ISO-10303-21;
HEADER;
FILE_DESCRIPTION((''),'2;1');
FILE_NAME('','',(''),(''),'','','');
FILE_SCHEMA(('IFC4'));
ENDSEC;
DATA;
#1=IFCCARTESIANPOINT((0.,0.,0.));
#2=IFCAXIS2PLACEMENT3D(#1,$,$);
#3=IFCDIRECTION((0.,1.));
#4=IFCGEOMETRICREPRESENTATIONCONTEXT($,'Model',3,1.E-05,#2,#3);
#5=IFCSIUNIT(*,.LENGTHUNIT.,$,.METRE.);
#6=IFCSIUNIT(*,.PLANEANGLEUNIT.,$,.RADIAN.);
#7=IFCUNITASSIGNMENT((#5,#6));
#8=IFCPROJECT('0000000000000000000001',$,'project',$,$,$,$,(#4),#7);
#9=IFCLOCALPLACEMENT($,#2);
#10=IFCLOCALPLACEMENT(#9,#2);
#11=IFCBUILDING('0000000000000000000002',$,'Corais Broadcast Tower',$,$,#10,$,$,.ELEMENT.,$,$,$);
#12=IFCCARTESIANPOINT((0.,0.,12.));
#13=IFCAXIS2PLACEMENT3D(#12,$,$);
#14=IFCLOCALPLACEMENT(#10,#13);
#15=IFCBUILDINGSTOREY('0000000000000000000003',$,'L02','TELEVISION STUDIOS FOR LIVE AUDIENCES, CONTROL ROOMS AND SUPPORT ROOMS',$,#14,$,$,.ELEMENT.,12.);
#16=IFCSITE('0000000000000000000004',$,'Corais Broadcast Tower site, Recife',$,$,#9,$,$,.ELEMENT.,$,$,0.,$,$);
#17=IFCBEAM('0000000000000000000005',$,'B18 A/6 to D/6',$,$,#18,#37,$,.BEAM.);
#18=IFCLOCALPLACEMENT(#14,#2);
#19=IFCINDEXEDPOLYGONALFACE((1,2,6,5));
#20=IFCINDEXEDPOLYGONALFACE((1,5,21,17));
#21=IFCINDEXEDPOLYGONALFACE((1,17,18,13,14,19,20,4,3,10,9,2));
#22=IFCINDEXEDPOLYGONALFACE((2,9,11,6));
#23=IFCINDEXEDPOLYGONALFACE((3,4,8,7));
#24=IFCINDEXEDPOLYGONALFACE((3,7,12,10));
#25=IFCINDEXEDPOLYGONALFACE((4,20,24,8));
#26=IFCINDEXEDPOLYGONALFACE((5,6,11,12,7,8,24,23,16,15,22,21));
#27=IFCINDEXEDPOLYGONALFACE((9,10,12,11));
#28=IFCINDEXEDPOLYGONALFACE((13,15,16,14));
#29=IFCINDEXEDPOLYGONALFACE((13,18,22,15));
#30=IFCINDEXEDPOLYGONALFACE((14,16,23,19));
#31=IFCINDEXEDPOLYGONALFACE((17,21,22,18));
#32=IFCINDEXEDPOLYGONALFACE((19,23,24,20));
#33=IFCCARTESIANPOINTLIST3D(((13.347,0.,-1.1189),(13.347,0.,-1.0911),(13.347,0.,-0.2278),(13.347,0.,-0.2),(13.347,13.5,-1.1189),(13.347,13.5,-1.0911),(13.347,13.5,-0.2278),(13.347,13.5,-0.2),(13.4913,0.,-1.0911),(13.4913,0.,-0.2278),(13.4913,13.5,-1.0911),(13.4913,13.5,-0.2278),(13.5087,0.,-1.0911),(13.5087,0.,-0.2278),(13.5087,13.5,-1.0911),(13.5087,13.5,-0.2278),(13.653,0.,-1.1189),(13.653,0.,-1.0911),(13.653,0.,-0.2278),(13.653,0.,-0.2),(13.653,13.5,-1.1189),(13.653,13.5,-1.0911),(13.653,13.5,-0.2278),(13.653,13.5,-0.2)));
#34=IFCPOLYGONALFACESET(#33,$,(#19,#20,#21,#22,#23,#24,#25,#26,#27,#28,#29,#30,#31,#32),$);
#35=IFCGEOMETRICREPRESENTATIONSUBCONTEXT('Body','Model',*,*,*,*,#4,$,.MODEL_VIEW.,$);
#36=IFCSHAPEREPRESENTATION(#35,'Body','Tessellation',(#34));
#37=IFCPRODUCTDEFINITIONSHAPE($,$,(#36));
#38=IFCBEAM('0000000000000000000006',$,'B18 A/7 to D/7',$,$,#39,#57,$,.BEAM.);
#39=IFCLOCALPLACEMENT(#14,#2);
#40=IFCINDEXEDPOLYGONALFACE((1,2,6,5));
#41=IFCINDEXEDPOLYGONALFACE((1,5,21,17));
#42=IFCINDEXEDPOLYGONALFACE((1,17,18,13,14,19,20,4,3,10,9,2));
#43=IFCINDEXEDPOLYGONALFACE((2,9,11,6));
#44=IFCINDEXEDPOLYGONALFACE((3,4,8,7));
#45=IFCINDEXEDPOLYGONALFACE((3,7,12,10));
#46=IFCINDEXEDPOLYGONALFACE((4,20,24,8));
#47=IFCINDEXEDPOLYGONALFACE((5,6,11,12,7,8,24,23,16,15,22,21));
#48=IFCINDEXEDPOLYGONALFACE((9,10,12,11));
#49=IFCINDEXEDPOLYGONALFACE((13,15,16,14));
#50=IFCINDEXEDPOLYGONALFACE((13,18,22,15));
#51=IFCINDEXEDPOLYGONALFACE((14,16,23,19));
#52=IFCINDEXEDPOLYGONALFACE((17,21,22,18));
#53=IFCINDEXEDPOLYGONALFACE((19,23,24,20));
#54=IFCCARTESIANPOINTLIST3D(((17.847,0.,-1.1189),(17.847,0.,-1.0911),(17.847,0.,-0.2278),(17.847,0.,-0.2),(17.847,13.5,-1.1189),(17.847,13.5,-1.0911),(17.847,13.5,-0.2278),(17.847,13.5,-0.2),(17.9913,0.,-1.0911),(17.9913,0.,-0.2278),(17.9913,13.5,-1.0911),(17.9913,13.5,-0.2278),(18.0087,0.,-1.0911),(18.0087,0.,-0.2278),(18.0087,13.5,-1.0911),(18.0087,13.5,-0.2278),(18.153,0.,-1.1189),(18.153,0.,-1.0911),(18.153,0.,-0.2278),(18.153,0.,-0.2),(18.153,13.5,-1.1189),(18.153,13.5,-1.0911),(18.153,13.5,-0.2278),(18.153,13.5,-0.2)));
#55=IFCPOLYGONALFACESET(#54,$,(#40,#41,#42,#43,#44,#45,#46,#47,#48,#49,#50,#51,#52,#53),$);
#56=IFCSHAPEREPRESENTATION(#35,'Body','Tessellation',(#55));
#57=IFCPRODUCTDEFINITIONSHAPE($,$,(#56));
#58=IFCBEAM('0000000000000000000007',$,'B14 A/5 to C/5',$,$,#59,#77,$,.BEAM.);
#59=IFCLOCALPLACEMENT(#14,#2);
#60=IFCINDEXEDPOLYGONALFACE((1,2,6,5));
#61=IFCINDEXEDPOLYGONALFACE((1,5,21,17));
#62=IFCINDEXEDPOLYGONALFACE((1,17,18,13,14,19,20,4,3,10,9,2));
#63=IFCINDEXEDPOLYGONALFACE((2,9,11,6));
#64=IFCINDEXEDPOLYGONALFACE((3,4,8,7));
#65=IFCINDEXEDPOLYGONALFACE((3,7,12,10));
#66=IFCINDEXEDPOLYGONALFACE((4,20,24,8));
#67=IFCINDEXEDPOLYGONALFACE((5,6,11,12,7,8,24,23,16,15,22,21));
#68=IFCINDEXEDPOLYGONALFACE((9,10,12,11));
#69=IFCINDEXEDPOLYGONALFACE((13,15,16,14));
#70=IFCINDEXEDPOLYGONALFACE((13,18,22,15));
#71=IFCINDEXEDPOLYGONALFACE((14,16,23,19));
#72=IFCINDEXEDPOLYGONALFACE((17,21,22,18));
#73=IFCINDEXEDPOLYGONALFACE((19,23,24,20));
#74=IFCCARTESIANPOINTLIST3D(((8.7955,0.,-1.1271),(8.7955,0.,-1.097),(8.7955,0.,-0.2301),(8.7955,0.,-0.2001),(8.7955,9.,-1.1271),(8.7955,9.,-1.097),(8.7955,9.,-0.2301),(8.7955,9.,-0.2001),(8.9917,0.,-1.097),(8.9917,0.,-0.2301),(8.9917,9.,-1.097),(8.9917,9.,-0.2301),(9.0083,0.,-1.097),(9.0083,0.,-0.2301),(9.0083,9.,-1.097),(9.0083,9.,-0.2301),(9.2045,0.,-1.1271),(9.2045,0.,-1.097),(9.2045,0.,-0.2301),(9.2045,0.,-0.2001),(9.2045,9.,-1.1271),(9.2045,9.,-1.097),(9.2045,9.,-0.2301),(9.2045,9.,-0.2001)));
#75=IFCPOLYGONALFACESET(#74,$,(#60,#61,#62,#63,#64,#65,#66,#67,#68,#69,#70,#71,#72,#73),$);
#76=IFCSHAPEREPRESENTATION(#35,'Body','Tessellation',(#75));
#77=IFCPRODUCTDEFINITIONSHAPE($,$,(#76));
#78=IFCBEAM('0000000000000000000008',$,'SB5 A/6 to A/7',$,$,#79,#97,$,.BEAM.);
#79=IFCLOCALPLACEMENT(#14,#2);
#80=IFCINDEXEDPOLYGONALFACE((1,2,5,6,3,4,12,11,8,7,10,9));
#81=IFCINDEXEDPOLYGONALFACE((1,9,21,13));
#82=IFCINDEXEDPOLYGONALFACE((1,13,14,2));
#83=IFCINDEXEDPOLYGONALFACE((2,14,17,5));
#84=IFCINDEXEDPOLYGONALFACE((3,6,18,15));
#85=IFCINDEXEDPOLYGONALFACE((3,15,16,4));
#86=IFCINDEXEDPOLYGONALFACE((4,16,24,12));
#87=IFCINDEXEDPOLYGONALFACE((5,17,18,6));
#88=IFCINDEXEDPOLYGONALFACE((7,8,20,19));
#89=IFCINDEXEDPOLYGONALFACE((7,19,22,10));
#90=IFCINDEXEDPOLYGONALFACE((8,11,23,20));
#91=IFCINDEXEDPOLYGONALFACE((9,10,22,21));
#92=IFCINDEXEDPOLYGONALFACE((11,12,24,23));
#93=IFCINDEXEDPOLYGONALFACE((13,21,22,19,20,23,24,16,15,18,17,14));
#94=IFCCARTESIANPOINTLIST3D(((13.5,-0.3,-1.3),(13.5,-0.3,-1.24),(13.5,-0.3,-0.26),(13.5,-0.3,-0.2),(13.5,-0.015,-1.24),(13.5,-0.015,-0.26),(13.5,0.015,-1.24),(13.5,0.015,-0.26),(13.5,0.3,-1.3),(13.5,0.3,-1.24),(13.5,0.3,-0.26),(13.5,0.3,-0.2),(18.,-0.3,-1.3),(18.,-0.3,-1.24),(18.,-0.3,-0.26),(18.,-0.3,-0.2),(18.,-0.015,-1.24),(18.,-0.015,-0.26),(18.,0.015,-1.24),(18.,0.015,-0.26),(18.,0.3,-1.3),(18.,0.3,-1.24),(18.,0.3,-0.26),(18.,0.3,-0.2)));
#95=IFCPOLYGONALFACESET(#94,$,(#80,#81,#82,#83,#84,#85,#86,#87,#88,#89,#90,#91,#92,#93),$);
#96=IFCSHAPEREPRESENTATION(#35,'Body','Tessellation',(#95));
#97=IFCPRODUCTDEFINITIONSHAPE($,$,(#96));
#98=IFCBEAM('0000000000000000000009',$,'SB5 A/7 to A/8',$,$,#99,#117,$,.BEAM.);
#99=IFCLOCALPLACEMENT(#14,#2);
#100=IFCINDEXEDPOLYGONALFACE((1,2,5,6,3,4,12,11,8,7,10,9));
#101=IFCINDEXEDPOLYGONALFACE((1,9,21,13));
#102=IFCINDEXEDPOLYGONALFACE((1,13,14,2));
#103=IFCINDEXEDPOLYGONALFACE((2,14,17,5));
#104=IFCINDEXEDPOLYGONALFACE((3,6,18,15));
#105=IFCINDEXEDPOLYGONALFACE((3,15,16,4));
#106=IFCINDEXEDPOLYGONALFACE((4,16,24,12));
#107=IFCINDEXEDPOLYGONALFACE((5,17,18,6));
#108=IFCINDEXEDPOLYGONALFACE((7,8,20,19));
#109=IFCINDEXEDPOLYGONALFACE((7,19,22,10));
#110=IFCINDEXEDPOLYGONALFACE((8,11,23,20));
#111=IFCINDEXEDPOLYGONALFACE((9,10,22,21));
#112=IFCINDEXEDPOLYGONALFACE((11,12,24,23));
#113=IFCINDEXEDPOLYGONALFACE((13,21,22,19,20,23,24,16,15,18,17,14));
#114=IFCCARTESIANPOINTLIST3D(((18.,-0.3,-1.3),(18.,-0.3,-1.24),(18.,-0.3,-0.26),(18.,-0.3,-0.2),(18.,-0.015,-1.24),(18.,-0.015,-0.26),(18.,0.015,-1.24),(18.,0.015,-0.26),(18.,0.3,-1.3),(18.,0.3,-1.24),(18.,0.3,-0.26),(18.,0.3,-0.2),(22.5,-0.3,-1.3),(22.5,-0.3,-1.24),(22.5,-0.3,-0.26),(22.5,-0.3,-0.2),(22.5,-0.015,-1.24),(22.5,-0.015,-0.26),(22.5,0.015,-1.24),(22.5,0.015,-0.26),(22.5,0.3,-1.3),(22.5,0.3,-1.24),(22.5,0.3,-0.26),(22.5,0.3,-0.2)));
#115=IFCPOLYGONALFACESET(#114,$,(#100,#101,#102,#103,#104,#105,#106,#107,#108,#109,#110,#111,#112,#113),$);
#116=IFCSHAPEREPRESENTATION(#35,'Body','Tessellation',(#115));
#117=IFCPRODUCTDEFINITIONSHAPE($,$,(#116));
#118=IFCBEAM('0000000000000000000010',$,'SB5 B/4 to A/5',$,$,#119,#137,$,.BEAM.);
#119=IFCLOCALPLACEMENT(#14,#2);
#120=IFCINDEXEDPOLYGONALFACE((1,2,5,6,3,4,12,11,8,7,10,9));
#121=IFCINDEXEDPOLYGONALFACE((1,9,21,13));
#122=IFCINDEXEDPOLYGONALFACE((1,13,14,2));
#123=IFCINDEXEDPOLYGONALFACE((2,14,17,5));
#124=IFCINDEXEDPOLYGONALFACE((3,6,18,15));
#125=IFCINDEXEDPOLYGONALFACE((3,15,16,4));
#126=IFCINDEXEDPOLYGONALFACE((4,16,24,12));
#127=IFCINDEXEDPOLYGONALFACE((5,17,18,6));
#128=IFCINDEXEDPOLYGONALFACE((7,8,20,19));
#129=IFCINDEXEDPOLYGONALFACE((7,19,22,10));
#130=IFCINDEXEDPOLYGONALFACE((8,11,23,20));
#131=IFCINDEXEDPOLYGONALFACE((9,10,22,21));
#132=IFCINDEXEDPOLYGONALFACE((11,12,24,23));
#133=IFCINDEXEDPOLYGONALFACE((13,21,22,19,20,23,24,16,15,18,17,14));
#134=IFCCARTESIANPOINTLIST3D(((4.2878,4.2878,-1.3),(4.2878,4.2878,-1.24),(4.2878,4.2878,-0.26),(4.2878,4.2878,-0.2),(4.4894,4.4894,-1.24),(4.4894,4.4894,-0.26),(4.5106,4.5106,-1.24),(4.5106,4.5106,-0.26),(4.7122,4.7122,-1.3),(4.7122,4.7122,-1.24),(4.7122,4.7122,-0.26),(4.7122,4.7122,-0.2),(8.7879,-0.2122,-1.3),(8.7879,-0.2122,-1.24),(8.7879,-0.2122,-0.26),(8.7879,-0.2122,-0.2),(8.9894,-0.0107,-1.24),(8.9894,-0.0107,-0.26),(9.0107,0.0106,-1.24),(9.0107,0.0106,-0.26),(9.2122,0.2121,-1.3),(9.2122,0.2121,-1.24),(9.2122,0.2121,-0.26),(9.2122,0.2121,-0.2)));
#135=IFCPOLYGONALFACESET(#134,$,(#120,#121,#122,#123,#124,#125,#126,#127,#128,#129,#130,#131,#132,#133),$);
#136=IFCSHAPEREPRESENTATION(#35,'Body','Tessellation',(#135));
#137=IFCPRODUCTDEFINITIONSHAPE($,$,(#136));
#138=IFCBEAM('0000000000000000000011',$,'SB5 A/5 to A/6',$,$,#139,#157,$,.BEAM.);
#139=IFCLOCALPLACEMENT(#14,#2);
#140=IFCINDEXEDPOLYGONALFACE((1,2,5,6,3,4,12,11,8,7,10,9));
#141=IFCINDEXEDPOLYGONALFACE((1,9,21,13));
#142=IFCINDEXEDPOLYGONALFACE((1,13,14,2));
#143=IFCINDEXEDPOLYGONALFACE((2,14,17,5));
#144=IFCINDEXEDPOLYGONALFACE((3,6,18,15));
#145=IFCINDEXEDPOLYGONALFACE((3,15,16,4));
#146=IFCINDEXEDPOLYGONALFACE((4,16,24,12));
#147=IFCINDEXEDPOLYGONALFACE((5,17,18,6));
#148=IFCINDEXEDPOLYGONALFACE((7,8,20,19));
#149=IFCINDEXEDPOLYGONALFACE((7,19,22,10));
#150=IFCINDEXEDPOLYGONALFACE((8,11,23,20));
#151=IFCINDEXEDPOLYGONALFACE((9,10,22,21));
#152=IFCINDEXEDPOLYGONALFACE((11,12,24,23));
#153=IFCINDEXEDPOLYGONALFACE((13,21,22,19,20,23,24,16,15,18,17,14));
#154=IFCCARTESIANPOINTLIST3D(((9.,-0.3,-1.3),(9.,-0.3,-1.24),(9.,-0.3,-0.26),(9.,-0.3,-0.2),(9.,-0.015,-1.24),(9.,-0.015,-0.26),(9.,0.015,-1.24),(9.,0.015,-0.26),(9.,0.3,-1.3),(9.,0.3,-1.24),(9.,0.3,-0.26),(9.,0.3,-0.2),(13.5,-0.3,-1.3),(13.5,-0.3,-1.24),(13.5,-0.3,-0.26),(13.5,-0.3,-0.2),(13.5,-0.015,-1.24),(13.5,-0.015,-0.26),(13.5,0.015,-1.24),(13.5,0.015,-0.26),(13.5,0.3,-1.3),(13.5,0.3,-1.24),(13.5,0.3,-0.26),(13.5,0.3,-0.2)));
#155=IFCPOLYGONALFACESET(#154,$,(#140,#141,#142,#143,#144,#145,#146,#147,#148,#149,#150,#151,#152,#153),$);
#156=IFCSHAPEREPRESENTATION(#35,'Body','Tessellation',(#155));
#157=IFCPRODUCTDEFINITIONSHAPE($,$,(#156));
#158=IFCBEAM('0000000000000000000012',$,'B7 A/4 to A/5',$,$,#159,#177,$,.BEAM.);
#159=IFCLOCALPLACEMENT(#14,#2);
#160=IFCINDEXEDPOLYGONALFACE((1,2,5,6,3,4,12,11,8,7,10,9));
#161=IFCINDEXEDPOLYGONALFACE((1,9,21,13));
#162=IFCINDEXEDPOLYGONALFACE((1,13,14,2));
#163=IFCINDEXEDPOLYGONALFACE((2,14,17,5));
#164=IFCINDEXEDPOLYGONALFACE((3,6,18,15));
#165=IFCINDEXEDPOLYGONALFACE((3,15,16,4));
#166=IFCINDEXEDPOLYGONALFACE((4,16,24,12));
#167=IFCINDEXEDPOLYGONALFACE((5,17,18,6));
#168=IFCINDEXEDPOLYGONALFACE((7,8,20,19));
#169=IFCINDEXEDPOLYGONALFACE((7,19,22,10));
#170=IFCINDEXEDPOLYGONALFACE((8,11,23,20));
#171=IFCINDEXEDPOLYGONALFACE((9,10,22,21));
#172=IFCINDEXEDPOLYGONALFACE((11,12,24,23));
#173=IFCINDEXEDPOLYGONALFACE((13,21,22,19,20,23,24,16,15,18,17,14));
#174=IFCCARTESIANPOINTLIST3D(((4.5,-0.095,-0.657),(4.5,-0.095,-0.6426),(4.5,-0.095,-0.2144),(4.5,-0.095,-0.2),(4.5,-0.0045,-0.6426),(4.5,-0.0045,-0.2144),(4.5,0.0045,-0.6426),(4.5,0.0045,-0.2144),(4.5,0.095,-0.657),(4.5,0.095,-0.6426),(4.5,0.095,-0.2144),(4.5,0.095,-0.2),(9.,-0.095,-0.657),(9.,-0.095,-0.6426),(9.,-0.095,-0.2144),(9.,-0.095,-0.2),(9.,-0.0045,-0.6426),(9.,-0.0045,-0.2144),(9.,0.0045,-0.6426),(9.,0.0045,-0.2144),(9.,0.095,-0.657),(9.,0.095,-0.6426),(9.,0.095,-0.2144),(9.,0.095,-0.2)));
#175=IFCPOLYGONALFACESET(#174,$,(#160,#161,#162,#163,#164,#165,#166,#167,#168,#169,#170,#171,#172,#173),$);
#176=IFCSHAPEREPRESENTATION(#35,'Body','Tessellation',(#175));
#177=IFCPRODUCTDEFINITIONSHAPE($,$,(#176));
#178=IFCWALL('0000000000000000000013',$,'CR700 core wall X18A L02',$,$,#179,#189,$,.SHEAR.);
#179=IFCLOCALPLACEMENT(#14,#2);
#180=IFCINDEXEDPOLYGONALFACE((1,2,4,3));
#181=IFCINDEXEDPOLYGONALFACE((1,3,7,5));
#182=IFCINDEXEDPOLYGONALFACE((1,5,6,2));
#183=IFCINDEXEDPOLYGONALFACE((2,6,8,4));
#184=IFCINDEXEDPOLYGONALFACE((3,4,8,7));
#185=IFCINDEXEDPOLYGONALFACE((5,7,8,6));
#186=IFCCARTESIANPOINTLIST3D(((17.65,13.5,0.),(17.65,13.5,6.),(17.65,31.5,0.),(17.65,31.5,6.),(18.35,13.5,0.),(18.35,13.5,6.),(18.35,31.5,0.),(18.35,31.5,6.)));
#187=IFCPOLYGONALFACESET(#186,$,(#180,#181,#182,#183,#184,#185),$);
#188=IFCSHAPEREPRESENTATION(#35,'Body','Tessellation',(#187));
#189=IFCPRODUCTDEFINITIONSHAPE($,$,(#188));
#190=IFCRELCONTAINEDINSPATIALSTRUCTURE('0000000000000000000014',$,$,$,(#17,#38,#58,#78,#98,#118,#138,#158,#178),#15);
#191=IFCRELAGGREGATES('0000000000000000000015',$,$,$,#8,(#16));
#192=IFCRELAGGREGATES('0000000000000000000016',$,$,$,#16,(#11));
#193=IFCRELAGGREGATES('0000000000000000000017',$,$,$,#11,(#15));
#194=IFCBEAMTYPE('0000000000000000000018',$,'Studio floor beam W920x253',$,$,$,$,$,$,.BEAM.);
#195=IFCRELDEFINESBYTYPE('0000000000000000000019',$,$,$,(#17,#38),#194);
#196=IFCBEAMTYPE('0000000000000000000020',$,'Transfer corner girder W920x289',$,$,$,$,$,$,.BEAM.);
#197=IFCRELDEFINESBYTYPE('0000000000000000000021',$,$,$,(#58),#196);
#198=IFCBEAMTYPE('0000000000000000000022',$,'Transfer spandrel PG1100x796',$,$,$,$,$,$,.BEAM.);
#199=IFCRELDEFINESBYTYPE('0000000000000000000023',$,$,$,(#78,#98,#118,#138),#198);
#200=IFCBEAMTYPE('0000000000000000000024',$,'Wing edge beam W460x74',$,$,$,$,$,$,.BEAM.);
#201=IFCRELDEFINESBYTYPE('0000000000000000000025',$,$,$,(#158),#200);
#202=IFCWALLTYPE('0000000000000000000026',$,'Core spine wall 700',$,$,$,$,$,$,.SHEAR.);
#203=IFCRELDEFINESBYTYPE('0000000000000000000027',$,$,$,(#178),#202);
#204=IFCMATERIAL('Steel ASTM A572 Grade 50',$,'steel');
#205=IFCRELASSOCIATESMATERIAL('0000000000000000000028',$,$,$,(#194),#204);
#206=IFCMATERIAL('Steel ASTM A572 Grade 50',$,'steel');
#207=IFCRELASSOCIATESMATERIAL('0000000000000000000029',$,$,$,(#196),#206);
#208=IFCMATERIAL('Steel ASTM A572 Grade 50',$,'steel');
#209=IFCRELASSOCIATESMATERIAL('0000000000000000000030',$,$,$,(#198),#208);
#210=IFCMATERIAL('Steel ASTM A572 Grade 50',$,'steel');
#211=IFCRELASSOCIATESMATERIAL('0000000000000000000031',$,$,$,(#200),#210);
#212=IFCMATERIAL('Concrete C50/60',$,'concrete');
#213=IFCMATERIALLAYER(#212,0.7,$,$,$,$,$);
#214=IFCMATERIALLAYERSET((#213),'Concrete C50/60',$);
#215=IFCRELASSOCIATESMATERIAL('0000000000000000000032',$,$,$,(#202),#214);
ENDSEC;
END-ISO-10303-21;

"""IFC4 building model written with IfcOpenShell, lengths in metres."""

from ifc_helpers import new_model, si_unit, direction, frame, frame_2d, origin, origin_2d, place, context, subcontext, project, spatial, rectangle, i_section, extrude, material, layer, layer_set, material_profile, profile_set, type_object, element, save


model = new_model("IFC4")

# Units and contexts
model_context = context("Model", 3, precision=1e-05, world=origin(), true_north=direction((0.0, 1.0)))
body_context = subcontext(model_context, "Body", "Model", "MODEL_VIEW")
ifc_project = project(units=[si_unit("LENGTHUNIT", "METRE"), si_unit("PLANEANGLEUNIT", "RADIAN")], contexts=[model_context])

# Site, building, storey
site_placement = place(None, origin())
site = spatial("IfcSite", under=ifc_project, at=site_placement, Name="Corais Broadcast Tower site, Recife", CompositionType="ELEMENT", RefElevation=0.0)
building_placement = place(site_placement, origin())
building = spatial("IfcBuilding", under=site, at=building_placement, Name="Corais Broadcast Tower", CompositionType="ELEMENT")
storey_placement = place(building_placement, frame((0.0, 0.0, 12.0)))
storey = spatial("IfcBuildingStorey", under=building, at=storey_placement, Name="L02", Description="TELEVISION STUDIOS FOR LIVE AUDIENCES, CONTROL ROOMS AND SUPPORT ROOMS", CompositionType="ELEMENT", Elevation=12.0)

# Beams
ifc_material_1 = material(Name="Steel ASTM A572 Grade 50", Category="steel")
ifc_material_profile_1 = material_profile(ifc_material_1, i_section(OverallWidth=0.3059, OverallDepth=0.9189, WebThickness=0.0173, FlangeThickness=0.0278, at=origin_2d()), Name="W920x253")
ifc_profile_set_1 = profile_set([ifc_material_profile_1], Name="Steel ASTM A572 Grade 50")
beam_type_1 = type_object("IfcBeamType", Name="Studio floor beam W920x253", PredefinedType="BEAM", material=ifc_profile_set_1)
for number, where, z_axis, x_axis, name in (
    (1, (13.5, 0.0, -0.6594), (0.0, 1.0, 0.0), (-1.0, 0.0, 0.0), "B18 A/6 to D/6"),
    (2, (18.0, 0.0, -0.6594), (0.0, 1.0, 0.0), (-1.0, 0.0, 0.0), "B18 A/7 to D/7"),
):
    element("IfcBeam", number, at=place(storey_placement, frame(where, z_axis=z_axis, x_axis=x_axis)), inside=storey, type_object=beam_type_1, Name=name, PredefinedType="BEAM", context=body_context, shape_type="SweptSolid", body=[
        extrude(i_section(OverallWidth=0.3059, OverallDepth=0.9189, WebThickness=0.0173, FlangeThickness=0.0278, at=origin_2d()), origin(), (0.0, 0.0, 1.0), 13.5),
    ])
ifc_material_2 = material(Name="Steel ASTM A572 Grade 50", Category="steel")
ifc_material_profile_2 = material_profile(ifc_material_2, i_section(OverallWidth=0.4089, OverallDepth=0.927, WebThickness=0.0166, FlangeThickness=0.03, at=origin_2d()), Name="W920x289")
ifc_profile_set_2 = profile_set([ifc_material_profile_2], Name="Steel ASTM A572 Grade 50")
beam_type_2 = type_object("IfcBeamType", Name="Transfer corner girder W920x289", PredefinedType="BEAM", material=ifc_profile_set_2)
beam_1_placement = place(storey_placement, frame((9.0, 0.0, -0.6636), z_axis=(0.0, 1.0, 0.0), x_axis=(-1.0, 0.0, 0.0)))
element("IfcBeam", 3, at=beam_1_placement, inside=storey, type_object=beam_type_2, Name="B14 A/5 to C/5", PredefinedType="BEAM", context=body_context, shape_type="SweptSolid", body=[
    extrude(i_section(OverallWidth=0.4089, OverallDepth=0.927, WebThickness=0.0166, FlangeThickness=0.03, at=origin_2d()), origin(), (0.0, 0.0, 1.0), 9.0),
])
ifc_material_3 = material(Name="Steel ASTM A572 Grade 50", Category="steel")
ifc_material_profile_3 = material_profile(ifc_material_3, i_section(OverallWidth=0.6001, OverallDepth=1.1001, WebThickness=0.03, FlangeThickness=0.0601, at=origin_2d()), Name="PG1100x796")
ifc_profile_set_3 = profile_set([ifc_material_profile_3], Name="Steel ASTM A572 Grade 50")
beam_type_3 = type_object("IfcBeamType", Name="Transfer spandrel PG1100x796", PredefinedType="BEAM", material=ifc_profile_set_3)
for number, where, z_axis, x_axis, name in (
    (4, (13.5, 0.0, -0.75), (1.0, 0.0, 0.0), (0.0, 1.0, 0.0), "SB5 A/6 to A/7"),
    (5, (18.0, 0.0, -0.75), (1.0, 0.0, 0.0), (0.0, 1.0, 0.0), "SB5 A/7 to A/8"),
):
    element("IfcBeam", number, at=place(storey_placement, frame(where, z_axis=z_axis, x_axis=x_axis)), inside=storey, type_object=beam_type_3, Name=name, PredefinedType="BEAM", context=body_context, shape_type="SweptSolid", body=[
        extrude(i_section(OverallWidth=0.6001, OverallDepth=1.1001, WebThickness=0.03, FlangeThickness=0.0601, at=origin_2d()), origin(), (0.0, 0.0, 1.0), 4.5),
    ])
beam_2_placement = place(storey_placement, frame((4.5, 4.5, -0.75), z_axis=(0.707107, -0.707107, 0.0), x_axis=(0.707107, 0.707107, 0.0)))
element("IfcBeam", 6, at=beam_2_placement, inside=storey, type_object=beam_type_3, Name="SB5 B/4 to A/5", PredefinedType="BEAM", context=body_context, shape_type="SweptSolid", body=[
    extrude(i_section(OverallWidth=0.6001, OverallDepth=1.1001, WebThickness=0.03, FlangeThickness=0.0601, at=origin_2d()), origin(), (0.0, 0.0, 1.0), 6.364),
])
beam_3_placement = place(storey_placement, frame((9.0, 0.0, -0.75), z_axis=(1.0, 0.0, 0.0), x_axis=(0.0, 1.0, 0.0)))
element("IfcBeam", 7, at=beam_3_placement, inside=storey, type_object=beam_type_3, Name="SB5 A/5 to A/6", PredefinedType="BEAM", context=body_context, shape_type="SweptSolid", body=[
    extrude(i_section(OverallWidth=0.6001, OverallDepth=1.1001, WebThickness=0.03, FlangeThickness=0.0601, at=origin_2d()), origin(), (0.0, 0.0, 1.0), 4.5),
])
ifc_material_4 = material(Name="Steel ASTM A572 Grade 50", Category="steel")
ifc_material_profile_4 = material_profile(ifc_material_4, i_section(OverallWidth=0.1899, OverallDepth=0.457, WebThickness=0.009, FlangeThickness=0.0144, at=origin_2d()), Name="W460x74")
ifc_profile_set_4 = profile_set([ifc_material_profile_4], Name="Steel ASTM A572 Grade 50")
beam_type_4 = type_object("IfcBeamType", Name="Wing edge beam W460x74", PredefinedType="BEAM", material=ifc_profile_set_4)
beam_4_placement = place(storey_placement, frame((4.5, 0.0, -0.4285), z_axis=(1.0, 0.0, 0.0), x_axis=(0.0, 1.0, 0.0)))
element("IfcBeam", 8, at=beam_4_placement, inside=storey, type_object=beam_type_4, Name="B7 A/4 to A/5", PredefinedType="BEAM", context=body_context, shape_type="SweptSolid", body=[
    extrude(i_section(OverallWidth=0.1899, OverallDepth=0.457, WebThickness=0.009, FlangeThickness=0.0144, at=origin_2d()), origin(), (0.0, 0.0, 1.0), 4.5),
])

# Wall
ifc_material_5 = material(Name="Concrete C50/60", Category="concrete")
ifc_layer_1 = layer(ifc_material_5, 0.7)
ifc_layer_set_1 = layer_set([ifc_layer_1], Name="Concrete C50/60")
wall_type_1 = type_object("IfcWallType", Name="Core spine wall 700", PredefinedType="SHEAR", material=ifc_layer_set_1)
wall_1_placement = place(storey_placement, frame((18.0, 13.5, 0.0), z_axis=(0.0, 0.0, 1.0), x_axis=(0.0, 1.0, 0.0)))
element("IfcWall", 9, at=wall_1_placement, inside=storey, type_object=wall_type_1, Name="CR700 core wall X18A L02", PredefinedType="SHEAR", context=body_context, shape_type="SweptSolid", body=[
    extrude(rectangle(XDim=18.0, YDim=0.7, at=frame_2d((9.0, 0.0))), origin(), (0.0, 0.0, 1.0), 6.0),
])

save(model, "model.ifc")
